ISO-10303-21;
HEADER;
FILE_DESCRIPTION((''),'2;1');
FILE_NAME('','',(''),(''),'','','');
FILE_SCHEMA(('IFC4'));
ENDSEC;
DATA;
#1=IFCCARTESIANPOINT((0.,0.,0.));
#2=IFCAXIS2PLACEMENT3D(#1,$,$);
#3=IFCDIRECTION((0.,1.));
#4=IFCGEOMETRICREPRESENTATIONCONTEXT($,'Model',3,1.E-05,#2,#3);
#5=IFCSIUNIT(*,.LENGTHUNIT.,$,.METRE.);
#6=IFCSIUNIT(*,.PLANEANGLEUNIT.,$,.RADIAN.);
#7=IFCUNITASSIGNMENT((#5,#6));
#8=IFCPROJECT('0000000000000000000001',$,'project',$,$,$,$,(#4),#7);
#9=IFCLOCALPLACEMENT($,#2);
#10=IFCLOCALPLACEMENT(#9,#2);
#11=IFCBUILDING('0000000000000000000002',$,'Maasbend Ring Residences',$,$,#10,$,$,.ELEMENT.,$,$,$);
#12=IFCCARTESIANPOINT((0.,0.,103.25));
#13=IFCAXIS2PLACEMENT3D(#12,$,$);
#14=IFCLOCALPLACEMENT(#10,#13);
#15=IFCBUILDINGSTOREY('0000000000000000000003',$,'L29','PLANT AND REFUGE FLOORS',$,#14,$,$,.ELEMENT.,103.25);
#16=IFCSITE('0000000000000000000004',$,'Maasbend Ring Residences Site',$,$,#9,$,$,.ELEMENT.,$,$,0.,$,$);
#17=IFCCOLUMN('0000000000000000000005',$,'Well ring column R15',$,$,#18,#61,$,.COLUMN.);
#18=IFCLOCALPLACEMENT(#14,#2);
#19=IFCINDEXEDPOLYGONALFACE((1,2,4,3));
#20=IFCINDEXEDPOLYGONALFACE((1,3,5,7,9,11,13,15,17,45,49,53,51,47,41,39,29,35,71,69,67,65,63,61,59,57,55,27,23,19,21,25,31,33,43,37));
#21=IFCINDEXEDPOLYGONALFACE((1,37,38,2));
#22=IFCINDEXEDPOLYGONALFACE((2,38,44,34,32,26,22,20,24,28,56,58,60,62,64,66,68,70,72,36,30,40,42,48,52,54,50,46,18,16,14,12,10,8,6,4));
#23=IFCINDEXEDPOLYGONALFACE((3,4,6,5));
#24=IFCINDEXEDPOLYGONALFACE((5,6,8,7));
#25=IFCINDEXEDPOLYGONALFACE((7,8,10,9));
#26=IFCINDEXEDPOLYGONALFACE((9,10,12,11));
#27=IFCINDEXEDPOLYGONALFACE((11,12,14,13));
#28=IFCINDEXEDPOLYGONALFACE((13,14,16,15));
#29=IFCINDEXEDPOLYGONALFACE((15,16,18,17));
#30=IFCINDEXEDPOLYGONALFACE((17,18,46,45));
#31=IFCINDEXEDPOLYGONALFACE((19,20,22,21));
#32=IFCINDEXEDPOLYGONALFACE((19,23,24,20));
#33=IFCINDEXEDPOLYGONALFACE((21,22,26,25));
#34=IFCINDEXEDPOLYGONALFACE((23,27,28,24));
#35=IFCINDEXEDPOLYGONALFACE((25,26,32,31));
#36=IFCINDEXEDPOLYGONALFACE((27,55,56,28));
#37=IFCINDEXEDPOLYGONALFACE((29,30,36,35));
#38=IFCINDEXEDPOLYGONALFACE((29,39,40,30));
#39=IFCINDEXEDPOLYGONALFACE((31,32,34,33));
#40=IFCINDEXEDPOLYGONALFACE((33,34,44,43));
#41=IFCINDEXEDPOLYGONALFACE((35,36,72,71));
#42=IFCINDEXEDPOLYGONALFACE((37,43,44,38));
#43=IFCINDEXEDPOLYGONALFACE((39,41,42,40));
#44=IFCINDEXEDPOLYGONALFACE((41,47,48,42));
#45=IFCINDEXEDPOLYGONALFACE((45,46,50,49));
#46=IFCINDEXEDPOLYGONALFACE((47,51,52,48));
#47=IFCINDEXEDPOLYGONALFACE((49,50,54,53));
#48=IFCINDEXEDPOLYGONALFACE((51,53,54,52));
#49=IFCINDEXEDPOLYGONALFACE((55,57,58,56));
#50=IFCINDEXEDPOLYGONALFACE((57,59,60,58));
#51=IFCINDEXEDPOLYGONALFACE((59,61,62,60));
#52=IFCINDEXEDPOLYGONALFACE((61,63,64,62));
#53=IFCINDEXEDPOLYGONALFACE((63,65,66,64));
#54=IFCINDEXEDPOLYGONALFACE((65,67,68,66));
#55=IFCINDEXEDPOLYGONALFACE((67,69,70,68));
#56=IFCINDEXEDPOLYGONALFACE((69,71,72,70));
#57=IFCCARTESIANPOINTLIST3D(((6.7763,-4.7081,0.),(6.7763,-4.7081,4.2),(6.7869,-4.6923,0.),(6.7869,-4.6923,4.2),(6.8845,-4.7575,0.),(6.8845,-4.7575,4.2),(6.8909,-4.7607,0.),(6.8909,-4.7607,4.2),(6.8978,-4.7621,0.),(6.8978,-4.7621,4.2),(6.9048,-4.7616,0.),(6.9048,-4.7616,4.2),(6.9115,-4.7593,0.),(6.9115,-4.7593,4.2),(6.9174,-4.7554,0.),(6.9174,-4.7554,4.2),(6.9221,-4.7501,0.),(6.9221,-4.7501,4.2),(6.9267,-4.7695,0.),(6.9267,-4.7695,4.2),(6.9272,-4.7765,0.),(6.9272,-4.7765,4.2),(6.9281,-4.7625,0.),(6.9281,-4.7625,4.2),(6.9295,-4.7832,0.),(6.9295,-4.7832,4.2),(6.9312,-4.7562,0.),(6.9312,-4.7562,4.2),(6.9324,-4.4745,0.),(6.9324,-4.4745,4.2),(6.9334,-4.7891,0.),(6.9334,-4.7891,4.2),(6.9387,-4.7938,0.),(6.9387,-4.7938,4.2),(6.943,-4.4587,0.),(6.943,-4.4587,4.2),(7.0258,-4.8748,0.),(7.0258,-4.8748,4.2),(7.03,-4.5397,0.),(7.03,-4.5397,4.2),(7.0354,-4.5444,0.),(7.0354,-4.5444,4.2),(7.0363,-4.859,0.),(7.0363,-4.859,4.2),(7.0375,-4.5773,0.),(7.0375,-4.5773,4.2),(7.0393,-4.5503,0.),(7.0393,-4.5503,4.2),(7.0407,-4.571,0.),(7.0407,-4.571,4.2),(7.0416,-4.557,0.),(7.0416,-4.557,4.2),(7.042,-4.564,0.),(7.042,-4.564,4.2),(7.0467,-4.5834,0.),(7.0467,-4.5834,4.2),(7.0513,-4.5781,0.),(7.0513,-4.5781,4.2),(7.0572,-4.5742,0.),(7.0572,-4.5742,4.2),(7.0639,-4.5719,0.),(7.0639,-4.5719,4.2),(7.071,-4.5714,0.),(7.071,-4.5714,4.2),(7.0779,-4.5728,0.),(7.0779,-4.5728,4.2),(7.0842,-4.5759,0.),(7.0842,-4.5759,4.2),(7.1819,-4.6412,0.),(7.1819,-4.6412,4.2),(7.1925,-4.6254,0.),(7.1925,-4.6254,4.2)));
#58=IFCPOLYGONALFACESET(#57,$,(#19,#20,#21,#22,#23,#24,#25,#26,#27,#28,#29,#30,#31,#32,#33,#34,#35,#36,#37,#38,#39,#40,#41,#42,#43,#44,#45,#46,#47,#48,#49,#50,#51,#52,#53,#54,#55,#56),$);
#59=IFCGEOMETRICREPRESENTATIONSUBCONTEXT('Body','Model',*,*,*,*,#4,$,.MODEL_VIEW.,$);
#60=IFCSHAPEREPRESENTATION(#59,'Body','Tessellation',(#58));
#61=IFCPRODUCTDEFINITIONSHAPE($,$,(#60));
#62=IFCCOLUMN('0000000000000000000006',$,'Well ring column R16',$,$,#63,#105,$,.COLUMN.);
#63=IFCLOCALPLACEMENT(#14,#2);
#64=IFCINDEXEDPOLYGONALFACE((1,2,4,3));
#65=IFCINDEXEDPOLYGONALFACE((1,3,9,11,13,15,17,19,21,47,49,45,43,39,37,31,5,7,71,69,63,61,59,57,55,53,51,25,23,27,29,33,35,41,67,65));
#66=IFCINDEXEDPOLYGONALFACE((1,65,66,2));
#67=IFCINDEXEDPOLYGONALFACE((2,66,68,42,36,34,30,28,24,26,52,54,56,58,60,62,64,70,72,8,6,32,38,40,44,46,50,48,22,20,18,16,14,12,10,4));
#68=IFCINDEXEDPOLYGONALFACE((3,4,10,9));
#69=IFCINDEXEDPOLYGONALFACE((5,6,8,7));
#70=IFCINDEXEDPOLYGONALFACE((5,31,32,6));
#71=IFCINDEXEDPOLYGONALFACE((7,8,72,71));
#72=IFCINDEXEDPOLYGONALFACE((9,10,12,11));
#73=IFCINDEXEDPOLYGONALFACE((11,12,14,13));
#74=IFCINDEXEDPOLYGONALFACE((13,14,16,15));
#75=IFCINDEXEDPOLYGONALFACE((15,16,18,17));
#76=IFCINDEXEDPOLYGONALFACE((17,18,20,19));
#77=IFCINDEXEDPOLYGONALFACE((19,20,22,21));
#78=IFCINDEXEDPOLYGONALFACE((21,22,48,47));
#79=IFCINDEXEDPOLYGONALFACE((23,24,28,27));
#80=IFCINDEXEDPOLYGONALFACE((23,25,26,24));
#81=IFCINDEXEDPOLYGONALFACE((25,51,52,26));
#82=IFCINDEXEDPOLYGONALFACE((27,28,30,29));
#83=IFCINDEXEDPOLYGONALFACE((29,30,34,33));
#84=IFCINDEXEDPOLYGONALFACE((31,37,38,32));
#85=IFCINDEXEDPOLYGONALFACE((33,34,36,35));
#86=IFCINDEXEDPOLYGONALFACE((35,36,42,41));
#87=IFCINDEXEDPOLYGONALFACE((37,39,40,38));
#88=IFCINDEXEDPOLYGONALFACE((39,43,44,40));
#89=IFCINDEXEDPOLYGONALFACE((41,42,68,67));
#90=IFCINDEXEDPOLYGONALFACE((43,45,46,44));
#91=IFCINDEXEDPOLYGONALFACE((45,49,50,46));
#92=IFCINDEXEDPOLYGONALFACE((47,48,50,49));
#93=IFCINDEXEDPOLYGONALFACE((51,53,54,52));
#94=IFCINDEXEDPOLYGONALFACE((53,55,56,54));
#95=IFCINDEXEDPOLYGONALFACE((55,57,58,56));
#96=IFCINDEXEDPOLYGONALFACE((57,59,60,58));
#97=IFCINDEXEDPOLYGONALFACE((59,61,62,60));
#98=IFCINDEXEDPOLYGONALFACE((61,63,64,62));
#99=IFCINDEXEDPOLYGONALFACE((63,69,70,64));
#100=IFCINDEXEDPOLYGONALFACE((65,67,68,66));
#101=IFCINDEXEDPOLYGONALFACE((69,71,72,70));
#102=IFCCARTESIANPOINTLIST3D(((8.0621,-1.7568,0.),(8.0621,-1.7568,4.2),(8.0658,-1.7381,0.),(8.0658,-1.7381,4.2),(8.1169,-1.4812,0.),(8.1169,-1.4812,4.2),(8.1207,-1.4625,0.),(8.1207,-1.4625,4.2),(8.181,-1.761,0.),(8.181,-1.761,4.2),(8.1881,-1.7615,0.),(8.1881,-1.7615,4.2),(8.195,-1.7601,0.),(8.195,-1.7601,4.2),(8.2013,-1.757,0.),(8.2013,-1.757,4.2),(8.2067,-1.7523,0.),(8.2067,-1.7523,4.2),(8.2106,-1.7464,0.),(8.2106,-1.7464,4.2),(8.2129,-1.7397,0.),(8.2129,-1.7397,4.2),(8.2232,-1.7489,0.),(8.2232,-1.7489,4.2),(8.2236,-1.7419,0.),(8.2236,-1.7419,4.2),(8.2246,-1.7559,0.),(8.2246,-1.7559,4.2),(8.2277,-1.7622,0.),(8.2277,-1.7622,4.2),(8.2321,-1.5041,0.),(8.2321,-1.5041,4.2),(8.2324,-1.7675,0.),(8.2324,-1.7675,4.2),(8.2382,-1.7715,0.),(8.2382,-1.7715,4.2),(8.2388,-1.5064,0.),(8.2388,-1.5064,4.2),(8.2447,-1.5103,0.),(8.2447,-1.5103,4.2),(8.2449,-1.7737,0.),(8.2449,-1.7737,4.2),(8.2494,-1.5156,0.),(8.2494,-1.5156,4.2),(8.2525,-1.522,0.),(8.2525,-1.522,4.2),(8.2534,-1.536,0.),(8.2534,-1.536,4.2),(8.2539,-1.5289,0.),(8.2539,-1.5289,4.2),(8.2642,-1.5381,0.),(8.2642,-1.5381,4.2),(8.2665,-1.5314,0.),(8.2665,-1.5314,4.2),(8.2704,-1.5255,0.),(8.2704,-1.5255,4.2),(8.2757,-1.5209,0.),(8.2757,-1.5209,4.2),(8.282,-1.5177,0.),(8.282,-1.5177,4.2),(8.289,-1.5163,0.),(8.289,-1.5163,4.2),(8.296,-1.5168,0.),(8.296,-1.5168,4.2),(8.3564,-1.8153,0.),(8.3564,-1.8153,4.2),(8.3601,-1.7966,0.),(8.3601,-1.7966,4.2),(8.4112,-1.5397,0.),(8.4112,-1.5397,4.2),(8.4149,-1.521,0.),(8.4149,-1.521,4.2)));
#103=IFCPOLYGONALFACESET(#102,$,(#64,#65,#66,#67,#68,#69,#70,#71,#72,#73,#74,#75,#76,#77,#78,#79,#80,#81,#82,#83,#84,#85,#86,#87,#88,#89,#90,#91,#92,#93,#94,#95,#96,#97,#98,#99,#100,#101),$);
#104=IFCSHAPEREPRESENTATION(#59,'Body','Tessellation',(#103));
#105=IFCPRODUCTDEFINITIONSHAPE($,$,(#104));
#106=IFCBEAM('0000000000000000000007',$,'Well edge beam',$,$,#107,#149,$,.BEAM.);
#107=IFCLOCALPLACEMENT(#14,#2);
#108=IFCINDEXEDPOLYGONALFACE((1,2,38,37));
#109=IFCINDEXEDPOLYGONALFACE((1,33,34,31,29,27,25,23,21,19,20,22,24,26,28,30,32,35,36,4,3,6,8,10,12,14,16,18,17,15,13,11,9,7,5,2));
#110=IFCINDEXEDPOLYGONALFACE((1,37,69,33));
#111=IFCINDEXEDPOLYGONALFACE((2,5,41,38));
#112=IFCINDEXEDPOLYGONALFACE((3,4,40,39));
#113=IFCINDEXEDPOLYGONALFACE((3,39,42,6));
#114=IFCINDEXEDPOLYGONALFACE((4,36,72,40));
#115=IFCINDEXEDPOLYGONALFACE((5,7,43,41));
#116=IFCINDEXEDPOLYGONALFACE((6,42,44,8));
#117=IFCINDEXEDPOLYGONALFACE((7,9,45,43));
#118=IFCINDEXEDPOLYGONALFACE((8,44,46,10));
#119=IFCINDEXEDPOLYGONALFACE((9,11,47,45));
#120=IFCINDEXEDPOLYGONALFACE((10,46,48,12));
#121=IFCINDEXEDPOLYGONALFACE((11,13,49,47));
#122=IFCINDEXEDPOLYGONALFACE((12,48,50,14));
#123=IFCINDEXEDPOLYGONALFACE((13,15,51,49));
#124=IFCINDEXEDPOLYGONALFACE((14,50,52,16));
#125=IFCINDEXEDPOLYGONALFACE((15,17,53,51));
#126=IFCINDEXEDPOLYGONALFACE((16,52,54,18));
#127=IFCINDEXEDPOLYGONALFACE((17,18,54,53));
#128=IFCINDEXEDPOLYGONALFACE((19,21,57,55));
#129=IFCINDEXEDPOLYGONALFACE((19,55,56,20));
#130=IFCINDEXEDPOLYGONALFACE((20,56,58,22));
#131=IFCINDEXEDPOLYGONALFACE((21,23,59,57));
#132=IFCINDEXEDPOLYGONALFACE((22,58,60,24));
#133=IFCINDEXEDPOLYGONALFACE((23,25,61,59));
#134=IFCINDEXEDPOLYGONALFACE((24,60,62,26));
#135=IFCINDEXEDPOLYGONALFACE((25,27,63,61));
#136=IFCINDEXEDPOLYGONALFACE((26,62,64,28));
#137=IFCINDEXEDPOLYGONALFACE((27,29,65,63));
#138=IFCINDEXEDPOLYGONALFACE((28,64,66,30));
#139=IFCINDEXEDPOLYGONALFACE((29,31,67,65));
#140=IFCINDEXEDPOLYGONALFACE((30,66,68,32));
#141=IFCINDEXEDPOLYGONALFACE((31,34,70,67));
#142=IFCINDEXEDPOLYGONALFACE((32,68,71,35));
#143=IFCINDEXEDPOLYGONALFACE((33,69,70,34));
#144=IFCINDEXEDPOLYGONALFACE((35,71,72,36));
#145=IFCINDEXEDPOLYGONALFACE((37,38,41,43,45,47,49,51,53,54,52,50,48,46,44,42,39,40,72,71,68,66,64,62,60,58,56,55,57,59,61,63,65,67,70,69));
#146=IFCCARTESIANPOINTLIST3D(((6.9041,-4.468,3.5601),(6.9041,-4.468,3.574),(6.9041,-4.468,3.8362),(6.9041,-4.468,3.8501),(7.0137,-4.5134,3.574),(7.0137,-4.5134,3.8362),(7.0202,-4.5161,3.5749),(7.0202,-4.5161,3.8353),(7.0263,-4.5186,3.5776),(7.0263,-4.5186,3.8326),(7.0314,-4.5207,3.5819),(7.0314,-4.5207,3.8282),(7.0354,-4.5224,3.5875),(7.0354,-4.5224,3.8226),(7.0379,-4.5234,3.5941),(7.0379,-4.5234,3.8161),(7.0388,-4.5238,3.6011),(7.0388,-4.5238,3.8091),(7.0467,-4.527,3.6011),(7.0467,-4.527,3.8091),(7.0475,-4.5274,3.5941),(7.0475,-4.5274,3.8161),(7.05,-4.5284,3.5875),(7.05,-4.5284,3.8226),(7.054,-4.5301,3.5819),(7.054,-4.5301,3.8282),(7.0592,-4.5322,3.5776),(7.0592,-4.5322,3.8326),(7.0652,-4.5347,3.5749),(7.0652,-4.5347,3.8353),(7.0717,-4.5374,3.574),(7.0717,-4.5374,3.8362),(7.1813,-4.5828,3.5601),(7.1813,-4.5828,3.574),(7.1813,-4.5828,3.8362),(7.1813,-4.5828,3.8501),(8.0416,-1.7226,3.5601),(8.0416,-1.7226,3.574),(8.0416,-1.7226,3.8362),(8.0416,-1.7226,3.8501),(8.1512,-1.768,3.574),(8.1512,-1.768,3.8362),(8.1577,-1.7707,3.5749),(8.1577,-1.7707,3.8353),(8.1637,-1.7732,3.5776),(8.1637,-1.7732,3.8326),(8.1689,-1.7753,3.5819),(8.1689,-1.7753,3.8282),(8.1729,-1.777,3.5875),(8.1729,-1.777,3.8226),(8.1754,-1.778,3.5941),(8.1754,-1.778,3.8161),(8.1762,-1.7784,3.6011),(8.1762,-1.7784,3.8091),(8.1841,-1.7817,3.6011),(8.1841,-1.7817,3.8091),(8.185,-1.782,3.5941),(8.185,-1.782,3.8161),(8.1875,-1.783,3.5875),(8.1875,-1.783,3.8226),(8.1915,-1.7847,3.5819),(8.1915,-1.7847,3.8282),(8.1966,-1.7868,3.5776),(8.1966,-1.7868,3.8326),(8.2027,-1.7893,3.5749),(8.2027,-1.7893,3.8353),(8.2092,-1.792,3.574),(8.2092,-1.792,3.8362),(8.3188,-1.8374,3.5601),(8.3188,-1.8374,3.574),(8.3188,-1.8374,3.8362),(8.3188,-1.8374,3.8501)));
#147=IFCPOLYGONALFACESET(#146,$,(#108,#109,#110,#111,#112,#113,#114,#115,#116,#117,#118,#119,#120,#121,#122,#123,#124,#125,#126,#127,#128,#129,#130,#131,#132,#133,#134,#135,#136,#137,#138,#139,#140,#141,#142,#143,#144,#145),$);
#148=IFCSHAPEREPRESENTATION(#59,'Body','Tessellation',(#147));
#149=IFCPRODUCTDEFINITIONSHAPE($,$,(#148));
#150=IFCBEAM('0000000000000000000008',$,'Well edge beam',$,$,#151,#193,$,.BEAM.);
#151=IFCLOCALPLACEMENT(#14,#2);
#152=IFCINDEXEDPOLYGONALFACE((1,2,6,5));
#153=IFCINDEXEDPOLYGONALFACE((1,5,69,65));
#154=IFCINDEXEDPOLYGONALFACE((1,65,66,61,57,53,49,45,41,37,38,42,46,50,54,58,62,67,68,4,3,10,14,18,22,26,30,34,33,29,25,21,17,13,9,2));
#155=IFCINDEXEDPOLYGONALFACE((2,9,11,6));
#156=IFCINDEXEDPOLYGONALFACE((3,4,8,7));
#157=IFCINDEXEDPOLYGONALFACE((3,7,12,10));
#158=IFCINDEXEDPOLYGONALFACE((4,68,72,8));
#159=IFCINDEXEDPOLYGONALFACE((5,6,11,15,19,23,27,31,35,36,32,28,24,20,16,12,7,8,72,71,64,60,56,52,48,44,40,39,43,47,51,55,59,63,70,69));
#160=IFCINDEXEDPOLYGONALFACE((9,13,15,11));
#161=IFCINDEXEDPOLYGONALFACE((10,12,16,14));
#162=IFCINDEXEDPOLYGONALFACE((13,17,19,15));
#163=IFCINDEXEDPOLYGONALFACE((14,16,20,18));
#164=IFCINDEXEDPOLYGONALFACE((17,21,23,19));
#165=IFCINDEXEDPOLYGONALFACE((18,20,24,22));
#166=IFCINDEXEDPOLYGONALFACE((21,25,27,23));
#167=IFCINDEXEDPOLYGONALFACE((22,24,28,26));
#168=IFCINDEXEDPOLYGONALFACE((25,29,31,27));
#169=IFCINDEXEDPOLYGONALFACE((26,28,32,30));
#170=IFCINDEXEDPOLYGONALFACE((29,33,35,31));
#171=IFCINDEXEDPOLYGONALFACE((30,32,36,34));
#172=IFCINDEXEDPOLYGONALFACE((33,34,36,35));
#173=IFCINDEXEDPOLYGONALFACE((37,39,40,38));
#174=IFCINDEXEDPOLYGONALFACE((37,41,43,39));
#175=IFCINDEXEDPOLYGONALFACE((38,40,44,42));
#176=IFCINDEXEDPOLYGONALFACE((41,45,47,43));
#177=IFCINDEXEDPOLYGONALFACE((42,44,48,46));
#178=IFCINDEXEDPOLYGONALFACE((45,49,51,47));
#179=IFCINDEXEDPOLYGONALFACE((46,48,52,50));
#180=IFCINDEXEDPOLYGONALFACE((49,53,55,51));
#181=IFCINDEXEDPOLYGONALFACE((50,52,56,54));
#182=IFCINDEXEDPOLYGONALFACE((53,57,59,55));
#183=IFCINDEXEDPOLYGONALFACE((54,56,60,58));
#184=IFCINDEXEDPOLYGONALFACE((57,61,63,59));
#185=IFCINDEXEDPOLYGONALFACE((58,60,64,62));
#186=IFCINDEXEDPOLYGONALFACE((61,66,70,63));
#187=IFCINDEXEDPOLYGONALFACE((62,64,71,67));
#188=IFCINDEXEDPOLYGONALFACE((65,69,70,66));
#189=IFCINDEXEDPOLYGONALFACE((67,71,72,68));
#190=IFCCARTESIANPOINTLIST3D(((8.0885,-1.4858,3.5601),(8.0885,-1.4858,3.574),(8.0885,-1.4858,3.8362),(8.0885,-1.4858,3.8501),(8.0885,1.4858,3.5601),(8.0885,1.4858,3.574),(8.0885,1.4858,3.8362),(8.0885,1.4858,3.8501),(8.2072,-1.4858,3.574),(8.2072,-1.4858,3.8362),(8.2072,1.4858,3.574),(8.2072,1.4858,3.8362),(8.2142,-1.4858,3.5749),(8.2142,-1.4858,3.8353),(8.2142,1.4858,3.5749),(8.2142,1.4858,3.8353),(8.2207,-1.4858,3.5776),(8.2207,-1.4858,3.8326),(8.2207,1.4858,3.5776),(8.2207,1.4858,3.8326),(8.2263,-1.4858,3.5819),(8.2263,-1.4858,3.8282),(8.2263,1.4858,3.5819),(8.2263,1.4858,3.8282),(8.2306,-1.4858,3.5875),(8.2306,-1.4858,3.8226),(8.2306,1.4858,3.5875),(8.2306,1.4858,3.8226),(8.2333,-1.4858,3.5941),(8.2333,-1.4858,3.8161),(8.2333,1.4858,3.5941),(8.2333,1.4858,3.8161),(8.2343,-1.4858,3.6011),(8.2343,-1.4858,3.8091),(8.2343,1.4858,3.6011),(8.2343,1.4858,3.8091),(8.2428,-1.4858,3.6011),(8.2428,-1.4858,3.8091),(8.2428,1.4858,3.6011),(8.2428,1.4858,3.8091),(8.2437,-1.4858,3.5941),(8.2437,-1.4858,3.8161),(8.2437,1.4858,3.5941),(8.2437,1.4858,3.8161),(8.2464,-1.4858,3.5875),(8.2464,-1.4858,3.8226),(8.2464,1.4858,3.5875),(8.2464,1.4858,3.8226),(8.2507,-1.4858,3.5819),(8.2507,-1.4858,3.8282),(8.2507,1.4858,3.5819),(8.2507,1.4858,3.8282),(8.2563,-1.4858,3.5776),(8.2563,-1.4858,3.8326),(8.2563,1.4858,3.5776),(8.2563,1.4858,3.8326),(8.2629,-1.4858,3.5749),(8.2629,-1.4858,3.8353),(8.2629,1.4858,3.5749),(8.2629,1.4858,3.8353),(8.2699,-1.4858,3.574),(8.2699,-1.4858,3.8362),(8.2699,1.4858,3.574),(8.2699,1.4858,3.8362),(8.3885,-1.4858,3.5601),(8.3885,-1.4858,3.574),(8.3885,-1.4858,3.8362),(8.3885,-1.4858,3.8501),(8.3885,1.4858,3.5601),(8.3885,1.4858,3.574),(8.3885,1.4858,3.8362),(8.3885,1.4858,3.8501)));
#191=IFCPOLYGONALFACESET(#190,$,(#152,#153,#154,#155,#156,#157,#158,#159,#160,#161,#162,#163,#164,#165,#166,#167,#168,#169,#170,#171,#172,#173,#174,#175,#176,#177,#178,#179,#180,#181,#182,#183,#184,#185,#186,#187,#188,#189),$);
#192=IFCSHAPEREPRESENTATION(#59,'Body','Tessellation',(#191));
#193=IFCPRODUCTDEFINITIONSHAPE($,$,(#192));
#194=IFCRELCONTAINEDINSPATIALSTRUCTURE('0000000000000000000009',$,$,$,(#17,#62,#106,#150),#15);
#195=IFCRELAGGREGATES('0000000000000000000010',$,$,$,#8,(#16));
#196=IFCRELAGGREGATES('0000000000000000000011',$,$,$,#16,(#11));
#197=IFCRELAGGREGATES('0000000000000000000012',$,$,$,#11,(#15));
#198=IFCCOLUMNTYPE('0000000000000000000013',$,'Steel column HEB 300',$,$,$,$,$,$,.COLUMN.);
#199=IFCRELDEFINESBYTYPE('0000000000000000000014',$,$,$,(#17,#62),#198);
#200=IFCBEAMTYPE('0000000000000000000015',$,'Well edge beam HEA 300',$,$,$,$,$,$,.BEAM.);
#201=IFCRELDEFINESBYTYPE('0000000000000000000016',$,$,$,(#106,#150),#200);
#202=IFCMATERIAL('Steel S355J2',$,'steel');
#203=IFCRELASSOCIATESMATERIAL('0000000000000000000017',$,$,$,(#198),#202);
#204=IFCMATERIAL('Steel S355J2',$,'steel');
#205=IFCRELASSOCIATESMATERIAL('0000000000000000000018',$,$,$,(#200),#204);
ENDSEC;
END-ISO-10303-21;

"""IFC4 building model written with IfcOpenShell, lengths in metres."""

from ifc_helpers import new_model, si_unit, direction, frame, origin, origin_2d, place, context, subcontext, project, spatial, i_section, extrude, material, material_profile, profile_set, type_object, element, save


model = new_model("IFC4")

# Units and contexts
model_context = context("Model", 3, precision=1e-05, world=origin(), true_north=direction((0.0, 1.0)))
body_context = subcontext(model_context, "Body", "Model", "MODEL_VIEW")
ifc_project = project(units=[si_unit("LENGTHUNIT", "METRE"), si_unit("PLANEANGLEUNIT", "RADIAN")], contexts=[model_context])

# Site, building, storey
site_placement = place(None, origin())
site = spatial("IfcSite", under=ifc_project, at=site_placement, Name="Maasbend Ring Residences Site", CompositionType="ELEMENT", RefElevation=0.0)
building_placement = place(site_placement, origin())
building = spatial("IfcBuilding", under=site, at=building_placement, Name="Maasbend Ring Residences", CompositionType="ELEMENT")
storey_placement = place(building_placement, frame((0.0, 0.0, 103.25)))
storey = spatial("IfcBuildingStorey", under=building, at=storey_placement, Name="L29", Description="PLANT AND REFUGE FLOORS", CompositionType="ELEMENT", Elevation=103.25)

# Columns
ifc_material_1 = material(Name="Steel S355J2", Category="steel")
ifc_material_profile_1 = material_profile(ifc_material_1, i_section(OverallWidth=0.3, OverallDepth=0.3, WebThickness=0.011, FlangeThickness=0.019, FilletRadius=0.0271, at=origin_2d()), Name="HEB 300")
ifc_profile_set_1 = profile_set([ifc_material_profile_1], Name="Steel S355J2")
column_type = type_object("IfcColumnType", Name="Steel column HEB 300", PredefinedType="COLUMN", material=ifc_profile_set_1)
for number, where, z_axis, x_axis, name in (
    (1, (6.9844, -4.6667, 0.0), (0.0, 0.0, 1.0), (0.83147, -0.55557, 0.0), "Well ring column R15"),
    (2, (8.2385, -1.6389, 0.0), (0.0, 0.0, 1.0), (0.980785, -0.19509, 0.0), "Well ring column R16"),
):
    element("IfcColumn", number, at=place(storey_placement, frame(where, z_axis=z_axis, x_axis=x_axis)), inside=storey, type_object=column_type, Name=name, PredefinedType="COLUMN", context=body_context, shape_type="SweptSolid", body=[
        extrude(i_section(OverallWidth=0.3, OverallDepth=0.3, WebThickness=0.011, FlangeThickness=0.019, FilletRadius=0.0271, at=origin_2d()), origin(), (0.0, 0.0, 1.0), 4.2),
    ])

# Beams
ifc_material_2 = material(Name="Steel S355J2", Category="steel")
ifc_material_profile_2 = material_profile(ifc_material_2, i_section(OverallWidth=0.3, OverallDepth=0.29, WebThickness=0.0085, FlangeThickness=0.0139, FilletRadius=0.0271, at=origin_2d()), Name="HEA 300")
ifc_profile_set_2 = profile_set([ifc_material_profile_2], Name="Steel S355J2")
beam_type = type_object("IfcBeamType", Name="Well edge beam HEA 300", PredefinedType="BEAM", material=ifc_profile_set_2)
for number, where, z_axis, x_axis, name in (
    (3, (7.0427, -4.5254, 3.7051), (0.382765, 0.923846, 0.0), (-0.923846, 0.382765, 0.0), "Well edge beam"),
    (4, (8.2385, -1.4858, 3.7051), (0.0, 1.0, 0.0), (-1.0, 0.0, 0.0), "Well edge beam"),
):
    element("IfcBeam", number, at=place(storey_placement, frame(where, z_axis=z_axis, x_axis=x_axis)), inside=storey, type_object=beam_type, Name=name, PredefinedType="BEAM", context=body_context, shape_type="SweptSolid", body=[
        extrude(i_section(OverallWidth=0.3, OverallDepth=0.29, WebThickness=0.0085, FlangeThickness=0.0139, FilletRadius=0.0271, at=origin_2d()), origin(), (0.0, 0.0, 1.0), 2.9717),
    ])

save(model, "model.ifc")
